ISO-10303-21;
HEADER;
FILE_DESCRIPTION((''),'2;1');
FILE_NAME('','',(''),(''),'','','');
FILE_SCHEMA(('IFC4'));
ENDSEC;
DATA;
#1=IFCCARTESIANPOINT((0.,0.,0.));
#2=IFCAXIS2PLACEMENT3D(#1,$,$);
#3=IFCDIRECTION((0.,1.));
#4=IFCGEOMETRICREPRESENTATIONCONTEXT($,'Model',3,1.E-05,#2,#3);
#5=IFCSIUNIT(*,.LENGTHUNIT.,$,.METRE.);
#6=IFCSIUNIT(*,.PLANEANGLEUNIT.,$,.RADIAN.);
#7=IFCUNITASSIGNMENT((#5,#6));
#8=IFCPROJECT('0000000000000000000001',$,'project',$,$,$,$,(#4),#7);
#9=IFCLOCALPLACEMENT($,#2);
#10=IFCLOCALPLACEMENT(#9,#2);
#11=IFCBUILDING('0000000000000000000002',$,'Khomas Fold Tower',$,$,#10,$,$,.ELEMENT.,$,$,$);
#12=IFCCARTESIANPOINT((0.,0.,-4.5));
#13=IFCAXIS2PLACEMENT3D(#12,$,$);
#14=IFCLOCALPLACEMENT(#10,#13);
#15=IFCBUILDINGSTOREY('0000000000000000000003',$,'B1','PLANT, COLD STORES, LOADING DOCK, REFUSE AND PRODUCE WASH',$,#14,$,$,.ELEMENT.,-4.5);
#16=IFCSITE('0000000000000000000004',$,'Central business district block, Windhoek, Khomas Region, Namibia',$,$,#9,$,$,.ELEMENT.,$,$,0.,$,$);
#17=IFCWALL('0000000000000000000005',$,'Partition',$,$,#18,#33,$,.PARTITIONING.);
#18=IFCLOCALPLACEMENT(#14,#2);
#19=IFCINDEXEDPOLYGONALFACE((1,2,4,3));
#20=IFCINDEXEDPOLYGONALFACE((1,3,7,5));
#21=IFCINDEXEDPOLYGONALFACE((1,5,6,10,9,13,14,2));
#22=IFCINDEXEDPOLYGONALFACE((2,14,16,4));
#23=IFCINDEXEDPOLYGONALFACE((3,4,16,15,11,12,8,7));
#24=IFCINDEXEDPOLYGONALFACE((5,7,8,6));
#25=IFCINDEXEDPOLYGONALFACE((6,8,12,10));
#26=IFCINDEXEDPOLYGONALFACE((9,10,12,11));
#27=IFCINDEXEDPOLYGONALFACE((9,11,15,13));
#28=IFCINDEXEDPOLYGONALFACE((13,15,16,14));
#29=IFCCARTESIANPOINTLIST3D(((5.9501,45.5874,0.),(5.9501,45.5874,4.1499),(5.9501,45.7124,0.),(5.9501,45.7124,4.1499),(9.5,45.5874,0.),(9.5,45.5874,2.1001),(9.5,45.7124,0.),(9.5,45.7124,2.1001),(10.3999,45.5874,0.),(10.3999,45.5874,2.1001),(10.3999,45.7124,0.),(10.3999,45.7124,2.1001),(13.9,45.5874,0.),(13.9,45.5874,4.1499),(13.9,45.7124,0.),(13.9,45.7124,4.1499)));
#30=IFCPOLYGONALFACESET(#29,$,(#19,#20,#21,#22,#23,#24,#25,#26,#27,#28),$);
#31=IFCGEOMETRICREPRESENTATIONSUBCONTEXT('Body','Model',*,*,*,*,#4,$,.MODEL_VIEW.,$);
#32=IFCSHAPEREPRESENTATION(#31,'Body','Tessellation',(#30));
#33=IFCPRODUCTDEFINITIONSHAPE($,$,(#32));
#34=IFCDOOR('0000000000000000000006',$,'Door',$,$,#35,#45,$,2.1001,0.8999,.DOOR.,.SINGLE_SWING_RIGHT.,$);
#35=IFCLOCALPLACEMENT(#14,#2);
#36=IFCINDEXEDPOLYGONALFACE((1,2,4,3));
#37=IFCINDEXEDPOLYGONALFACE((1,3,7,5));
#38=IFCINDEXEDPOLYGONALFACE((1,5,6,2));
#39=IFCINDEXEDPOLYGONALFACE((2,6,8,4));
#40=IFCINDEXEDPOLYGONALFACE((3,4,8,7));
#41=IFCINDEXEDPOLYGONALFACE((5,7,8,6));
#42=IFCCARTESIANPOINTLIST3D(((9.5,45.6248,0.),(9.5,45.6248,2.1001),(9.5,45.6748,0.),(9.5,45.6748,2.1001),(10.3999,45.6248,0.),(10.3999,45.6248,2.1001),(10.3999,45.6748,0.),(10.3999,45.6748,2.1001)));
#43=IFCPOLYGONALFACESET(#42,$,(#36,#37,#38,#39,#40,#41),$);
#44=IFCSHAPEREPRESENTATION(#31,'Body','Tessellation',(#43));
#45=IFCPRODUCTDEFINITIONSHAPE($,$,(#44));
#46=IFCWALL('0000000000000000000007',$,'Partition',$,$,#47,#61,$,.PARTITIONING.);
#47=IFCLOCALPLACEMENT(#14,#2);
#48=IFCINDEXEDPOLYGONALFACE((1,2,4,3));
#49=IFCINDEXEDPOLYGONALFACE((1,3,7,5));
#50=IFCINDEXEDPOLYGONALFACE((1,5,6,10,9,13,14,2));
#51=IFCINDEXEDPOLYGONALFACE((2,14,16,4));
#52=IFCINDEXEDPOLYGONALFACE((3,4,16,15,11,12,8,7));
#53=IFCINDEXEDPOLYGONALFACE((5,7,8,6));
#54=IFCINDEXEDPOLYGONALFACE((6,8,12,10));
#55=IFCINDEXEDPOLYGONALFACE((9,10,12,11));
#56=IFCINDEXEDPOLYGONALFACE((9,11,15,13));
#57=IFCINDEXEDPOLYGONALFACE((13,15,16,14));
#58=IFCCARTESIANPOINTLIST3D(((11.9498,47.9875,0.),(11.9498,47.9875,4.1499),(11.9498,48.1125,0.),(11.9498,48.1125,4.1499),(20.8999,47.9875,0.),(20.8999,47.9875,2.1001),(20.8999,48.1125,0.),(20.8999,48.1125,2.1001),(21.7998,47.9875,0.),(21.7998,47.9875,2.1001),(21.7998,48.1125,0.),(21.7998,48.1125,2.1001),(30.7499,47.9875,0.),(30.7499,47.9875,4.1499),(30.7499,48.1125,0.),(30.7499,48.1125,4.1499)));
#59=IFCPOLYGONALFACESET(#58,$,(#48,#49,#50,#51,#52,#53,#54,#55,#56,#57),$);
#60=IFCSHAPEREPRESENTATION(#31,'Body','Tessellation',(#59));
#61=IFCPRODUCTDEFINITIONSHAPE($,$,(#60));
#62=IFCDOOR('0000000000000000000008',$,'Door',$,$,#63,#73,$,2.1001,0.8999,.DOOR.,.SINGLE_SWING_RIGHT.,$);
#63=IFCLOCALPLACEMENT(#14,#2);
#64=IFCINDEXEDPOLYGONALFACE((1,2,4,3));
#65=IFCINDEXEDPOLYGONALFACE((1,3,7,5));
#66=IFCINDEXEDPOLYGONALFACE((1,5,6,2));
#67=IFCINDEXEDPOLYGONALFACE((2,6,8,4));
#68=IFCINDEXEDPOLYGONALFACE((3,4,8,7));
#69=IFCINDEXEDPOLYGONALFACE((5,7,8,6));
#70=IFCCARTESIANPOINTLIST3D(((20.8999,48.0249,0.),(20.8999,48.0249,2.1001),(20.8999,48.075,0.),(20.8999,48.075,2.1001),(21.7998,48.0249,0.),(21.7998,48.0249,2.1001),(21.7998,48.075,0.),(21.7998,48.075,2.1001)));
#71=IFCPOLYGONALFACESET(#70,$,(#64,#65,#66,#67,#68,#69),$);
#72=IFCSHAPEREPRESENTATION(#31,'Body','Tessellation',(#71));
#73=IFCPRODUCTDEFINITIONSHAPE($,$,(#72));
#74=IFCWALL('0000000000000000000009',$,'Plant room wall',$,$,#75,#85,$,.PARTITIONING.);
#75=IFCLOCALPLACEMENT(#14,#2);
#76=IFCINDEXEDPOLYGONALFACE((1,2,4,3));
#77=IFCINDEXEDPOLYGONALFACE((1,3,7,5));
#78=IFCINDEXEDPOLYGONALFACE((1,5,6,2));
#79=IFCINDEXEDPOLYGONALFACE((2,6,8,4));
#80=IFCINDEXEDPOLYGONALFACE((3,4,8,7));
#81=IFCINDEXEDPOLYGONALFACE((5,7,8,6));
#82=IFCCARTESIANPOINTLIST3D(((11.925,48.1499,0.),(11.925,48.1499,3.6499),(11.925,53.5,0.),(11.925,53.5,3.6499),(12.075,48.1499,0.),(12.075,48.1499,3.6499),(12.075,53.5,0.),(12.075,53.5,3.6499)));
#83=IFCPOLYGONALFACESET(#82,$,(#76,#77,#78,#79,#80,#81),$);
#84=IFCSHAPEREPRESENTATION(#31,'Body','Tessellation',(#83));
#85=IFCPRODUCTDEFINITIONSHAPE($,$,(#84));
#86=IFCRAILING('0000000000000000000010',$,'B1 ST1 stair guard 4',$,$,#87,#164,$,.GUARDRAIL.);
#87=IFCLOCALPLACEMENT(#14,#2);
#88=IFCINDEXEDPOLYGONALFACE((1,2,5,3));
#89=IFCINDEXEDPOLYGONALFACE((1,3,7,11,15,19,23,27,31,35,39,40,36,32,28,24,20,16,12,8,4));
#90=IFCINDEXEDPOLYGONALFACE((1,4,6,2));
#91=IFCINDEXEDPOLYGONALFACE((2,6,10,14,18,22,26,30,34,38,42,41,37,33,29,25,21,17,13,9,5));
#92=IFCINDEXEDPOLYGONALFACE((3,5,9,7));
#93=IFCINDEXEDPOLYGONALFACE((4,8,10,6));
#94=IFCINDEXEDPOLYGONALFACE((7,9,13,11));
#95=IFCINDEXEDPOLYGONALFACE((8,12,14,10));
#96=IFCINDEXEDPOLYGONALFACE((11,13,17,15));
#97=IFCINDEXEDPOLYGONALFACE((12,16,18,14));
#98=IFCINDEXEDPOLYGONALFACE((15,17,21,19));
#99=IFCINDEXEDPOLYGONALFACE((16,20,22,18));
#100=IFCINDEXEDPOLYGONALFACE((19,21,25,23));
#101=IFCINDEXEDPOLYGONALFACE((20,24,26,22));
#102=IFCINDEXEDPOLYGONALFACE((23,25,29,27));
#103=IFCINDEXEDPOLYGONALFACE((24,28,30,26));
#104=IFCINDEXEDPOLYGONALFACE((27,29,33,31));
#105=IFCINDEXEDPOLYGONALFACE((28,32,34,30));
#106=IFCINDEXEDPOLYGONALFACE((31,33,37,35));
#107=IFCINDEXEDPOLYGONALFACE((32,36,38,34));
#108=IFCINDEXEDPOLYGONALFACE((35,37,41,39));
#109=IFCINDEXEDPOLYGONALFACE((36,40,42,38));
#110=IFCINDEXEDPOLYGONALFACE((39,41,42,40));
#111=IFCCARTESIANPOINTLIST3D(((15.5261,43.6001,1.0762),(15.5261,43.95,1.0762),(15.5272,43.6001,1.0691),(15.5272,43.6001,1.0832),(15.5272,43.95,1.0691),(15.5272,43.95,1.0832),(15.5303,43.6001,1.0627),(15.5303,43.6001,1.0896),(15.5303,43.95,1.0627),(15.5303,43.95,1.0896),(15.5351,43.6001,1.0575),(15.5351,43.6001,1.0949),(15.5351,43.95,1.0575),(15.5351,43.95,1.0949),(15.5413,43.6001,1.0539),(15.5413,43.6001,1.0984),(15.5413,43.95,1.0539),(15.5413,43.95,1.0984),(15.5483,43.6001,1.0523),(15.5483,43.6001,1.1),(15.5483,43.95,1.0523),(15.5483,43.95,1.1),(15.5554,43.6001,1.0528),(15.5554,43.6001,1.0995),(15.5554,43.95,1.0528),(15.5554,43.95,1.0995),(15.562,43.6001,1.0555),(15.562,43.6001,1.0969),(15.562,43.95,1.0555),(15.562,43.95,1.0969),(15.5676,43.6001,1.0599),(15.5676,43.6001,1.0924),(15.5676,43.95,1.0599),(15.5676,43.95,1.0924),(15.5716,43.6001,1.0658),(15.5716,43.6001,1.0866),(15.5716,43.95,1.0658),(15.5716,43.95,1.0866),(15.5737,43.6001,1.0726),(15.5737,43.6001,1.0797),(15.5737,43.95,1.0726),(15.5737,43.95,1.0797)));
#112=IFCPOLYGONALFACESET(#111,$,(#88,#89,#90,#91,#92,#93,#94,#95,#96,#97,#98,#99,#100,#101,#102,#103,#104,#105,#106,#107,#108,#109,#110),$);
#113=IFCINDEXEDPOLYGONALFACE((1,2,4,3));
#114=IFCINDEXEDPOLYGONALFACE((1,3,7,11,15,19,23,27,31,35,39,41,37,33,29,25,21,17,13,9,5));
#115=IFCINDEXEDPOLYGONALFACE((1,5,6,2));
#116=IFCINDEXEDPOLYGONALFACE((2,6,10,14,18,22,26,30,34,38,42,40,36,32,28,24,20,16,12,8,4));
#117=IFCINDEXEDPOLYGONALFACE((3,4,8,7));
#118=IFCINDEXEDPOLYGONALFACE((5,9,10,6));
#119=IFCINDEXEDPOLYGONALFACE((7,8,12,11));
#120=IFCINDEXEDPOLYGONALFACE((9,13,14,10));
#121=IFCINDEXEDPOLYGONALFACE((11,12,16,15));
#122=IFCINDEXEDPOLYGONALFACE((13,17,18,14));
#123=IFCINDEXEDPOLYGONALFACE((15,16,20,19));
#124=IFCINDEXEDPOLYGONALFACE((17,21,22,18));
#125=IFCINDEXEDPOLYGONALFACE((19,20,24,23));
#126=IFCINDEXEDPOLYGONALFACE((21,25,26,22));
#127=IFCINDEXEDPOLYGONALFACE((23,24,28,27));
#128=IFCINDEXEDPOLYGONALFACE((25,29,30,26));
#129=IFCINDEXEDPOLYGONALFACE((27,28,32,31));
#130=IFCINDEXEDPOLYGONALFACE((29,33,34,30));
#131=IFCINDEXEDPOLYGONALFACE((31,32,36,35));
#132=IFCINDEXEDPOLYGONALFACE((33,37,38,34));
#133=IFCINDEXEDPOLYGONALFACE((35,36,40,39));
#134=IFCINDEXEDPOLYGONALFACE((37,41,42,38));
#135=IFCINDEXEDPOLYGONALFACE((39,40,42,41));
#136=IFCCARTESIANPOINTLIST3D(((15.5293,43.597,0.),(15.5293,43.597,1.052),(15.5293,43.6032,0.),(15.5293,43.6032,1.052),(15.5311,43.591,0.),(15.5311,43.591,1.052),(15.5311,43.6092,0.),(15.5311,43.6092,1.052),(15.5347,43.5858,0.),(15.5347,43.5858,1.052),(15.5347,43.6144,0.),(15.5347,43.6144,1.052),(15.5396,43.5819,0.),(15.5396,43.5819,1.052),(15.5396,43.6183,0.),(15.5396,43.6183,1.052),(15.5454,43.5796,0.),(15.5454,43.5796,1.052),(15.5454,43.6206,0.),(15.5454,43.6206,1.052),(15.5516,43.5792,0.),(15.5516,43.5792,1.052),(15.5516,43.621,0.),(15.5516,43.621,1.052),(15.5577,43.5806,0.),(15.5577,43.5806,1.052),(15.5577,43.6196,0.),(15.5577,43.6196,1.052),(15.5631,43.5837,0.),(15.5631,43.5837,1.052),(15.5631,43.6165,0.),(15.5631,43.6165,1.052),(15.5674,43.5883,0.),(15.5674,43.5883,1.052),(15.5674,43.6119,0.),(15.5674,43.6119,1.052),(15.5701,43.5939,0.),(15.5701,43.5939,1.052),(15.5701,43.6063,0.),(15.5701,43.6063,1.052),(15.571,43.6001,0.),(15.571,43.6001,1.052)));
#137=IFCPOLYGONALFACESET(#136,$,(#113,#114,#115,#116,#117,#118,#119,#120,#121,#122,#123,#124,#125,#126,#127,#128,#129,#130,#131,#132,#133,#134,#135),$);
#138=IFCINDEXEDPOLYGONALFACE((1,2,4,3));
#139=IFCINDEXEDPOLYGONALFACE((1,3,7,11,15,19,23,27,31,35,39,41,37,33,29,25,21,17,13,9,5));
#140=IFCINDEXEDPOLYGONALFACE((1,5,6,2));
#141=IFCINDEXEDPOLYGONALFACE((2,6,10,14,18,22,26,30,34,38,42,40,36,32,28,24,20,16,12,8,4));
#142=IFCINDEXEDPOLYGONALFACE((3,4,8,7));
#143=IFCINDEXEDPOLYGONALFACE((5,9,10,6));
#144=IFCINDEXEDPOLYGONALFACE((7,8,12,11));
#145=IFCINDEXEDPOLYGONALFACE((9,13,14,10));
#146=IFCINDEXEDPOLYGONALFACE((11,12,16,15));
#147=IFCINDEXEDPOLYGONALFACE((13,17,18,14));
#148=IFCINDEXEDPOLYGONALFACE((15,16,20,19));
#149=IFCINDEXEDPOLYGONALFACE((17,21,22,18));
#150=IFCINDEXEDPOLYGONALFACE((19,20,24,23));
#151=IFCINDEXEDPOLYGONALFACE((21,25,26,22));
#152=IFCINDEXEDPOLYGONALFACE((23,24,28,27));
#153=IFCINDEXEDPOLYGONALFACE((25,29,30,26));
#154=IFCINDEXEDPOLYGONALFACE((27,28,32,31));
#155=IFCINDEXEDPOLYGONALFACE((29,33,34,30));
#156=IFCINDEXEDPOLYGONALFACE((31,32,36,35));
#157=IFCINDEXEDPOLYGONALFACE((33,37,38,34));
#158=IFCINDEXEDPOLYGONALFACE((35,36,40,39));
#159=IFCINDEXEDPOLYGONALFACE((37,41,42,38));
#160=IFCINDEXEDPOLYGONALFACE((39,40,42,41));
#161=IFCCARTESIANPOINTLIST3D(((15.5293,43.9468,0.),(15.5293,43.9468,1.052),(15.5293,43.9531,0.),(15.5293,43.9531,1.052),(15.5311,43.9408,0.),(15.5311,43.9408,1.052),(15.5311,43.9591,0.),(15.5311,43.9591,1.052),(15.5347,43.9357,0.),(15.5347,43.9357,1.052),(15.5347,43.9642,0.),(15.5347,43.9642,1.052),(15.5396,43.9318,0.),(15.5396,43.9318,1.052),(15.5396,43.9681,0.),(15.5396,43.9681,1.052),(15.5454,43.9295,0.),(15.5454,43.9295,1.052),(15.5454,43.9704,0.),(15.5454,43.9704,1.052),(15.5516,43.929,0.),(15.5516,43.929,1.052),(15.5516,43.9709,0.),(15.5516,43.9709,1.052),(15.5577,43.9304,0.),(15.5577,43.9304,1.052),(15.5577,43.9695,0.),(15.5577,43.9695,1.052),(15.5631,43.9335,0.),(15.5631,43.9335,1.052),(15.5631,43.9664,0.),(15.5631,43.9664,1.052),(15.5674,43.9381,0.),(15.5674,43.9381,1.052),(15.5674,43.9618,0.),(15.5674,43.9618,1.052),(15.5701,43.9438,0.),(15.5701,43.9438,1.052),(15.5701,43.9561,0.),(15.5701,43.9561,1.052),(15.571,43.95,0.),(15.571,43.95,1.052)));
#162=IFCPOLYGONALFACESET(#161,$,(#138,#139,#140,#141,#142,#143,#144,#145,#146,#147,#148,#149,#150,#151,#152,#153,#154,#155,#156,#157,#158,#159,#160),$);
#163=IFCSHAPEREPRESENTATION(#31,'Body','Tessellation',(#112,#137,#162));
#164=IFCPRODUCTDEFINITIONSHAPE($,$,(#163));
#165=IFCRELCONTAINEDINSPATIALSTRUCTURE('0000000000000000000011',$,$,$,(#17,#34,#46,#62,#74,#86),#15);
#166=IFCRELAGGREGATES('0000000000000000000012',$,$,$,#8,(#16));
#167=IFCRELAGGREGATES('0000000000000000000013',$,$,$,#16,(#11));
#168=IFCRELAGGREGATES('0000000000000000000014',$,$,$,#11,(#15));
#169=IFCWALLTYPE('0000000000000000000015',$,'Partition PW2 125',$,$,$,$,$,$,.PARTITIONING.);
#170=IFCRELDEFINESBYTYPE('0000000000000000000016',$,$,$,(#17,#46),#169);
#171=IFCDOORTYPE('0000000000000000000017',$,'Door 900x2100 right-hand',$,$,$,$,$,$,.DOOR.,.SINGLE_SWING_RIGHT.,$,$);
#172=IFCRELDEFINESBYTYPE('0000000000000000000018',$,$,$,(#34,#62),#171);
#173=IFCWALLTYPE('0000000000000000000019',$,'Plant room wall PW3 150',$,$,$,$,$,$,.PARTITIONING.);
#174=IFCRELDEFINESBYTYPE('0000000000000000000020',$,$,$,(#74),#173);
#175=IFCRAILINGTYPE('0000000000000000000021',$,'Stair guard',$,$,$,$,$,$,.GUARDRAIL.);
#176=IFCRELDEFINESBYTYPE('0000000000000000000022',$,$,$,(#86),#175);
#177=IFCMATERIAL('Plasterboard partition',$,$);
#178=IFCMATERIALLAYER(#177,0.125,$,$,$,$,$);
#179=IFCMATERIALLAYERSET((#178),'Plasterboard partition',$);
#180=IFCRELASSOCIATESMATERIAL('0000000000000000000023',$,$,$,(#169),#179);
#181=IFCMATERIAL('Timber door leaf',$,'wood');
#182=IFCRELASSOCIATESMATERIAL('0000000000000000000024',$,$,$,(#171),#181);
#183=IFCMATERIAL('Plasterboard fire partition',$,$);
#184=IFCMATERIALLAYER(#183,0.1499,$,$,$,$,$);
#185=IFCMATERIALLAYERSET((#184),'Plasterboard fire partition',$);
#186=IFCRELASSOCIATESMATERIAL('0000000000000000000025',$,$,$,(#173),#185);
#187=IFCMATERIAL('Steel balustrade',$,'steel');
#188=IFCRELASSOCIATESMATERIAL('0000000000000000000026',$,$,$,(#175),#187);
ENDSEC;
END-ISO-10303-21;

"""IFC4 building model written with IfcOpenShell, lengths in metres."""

from ifc_helpers import new_model, si_unit, direction, frame, frame_2d, origin, origin_2d, place, context, subcontext, project, spatial, rectangle, circle, extrude, source, transform, mapped, material, layer, layer_set, type_object, element, fill, save


model = new_model("IFC4")

# Units and contexts
model_context = context("Model", 3, precision=1e-05, world=origin(), true_north=direction((0.0, 1.0)))
body_context = subcontext(model_context, "Body", "Model", "MODEL_VIEW")
ifc_project = project(units=[si_unit("LENGTHUNIT", "METRE"), si_unit("PLANEANGLEUNIT", "RADIAN")], contexts=[model_context])

# Site, building, storey
site_placement = place(None, origin())
site = spatial("IfcSite", under=ifc_project, at=site_placement, Name="Central business district block, Windhoek, Khomas Region, Namibia", CompositionType="ELEMENT", RefElevation=0.0)
building_placement = place(site_placement, origin())
building = spatial("IfcBuilding", under=site, at=building_placement, Name="Khomas Fold Tower", CompositionType="ELEMENT")
storey_placement = place(building_placement, frame((0.0, 0.0, -4.5)))
storey = spatial("IfcBuildingStorey", under=building, at=storey_placement, Name="B1", Description="PLANT, COLD STORES, LOADING DOCK, REFUSE AND PRODUCE WASH", CompositionType="ELEMENT", Elevation=-4.5)

# Shared definitions
ifc_material_1 = material(Name="Plasterboard partition")
ifc_layer_1 = layer(ifc_material_1, 0.125)
ifc_layer_set_1 = layer_set([ifc_layer_1], Name="Plasterboard partition")
wall_type_1 = type_object("IfcWallType", Name="Partition PW2 125", PredefinedType="PARTITIONING", material=ifc_layer_set_1)

# Walls, openings, doors
shared_shape_1 = source(origin(), body_context, "Body", "SweptSolid", [
    extrude(rectangle(XDim=7.95, YDim=0.125, at=frame_2d((3.9751, 0.0))), origin(), (0.0, 0.0, 1.0), 4.1499),
])
wall_1_placement = place(storey_placement, frame((5.95, 45.6499, 0.0), z_axis=(0.0, 0.0, 1.0), x_axis=(1.0, 0.0, 0.0)))
wall_1 = element("IfcWall", 1, at=wall_1_placement, inside=storey, type_object=wall_type_1, Name="Partition", PredefinedType="PARTITIONING", context=body_context, shape_type="MappedRepresentation", body=[
    mapped(shared_shape_1, transform((0.0, 0.0, 0.0))),
])
shared_shape_2 = source(origin(), body_context, "Body", "SweptSolid", [
    extrude(rectangle(XDim=0.8999, YDim=2.1001, at=frame_2d((0.45, 1.05))), frame((0.0, 0.0725, 0.0), z_axis=(0.0, -1.0, 0.0), x_axis=(1.0, 0.0, 0.0)), (0.0, 0.0, 1.0), 0.145),
])
opening_1_placement = place(wall_1_placement, frame((3.55, 0.0, 0.0)))
opening_1 = element("IfcOpeningElement", 2, at=opening_1_placement, cuts=wall_1, PredefinedType="OPENING", context=body_context, shape_type="MappedRepresentation", body=[
    mapped(shared_shape_2, transform((0.0, 0.0, 0.0))),
])
ifc_material_2 = material(Name="Timber door leaf", Category="wood")
door_type_1 = type_object("IfcDoorType", Name="Door 900x2100 right-hand", OperationType="SINGLE_SWING_RIGHT", PredefinedType="DOOR", material=ifc_material_2)
shared_shape_3 = source(origin(), body_context, "Body", "SweptSolid", [
    extrude(rectangle(XDim=0.8999, YDim=2.1001, at=frame_2d((0.45, 1.05))), frame((0.0, 0.0249, 0.0), z_axis=(0.0, -1.0, 0.0), x_axis=(1.0, 0.0, 0.0)), (0.0, 0.0, 1.0), 0.05),
])
door_1_placement = place(opening_1_placement, origin())
door_1 = element("IfcDoor", 3, at=door_1_placement, inside=storey, type_object=door_type_1, Name="Door", OperationType="SINGLE_SWING_RIGHT", OverallHeight=2.1001, OverallWidth=0.8999, PredefinedType="DOOR", context=body_context, shape_type="MappedRepresentation", body=[
    mapped(shared_shape_3, transform((0.0, 0.0, 0.0))),
])
fill(opening_1, door_1)
shared_shape_4 = source(origin(), body_context, "Body", "SweptSolid", [
    extrude(rectangle(XDim=18.8, YDim=0.125, at=frame_2d((9.3999, 0.0))), origin(), (0.0, 0.0, 1.0), 4.1499),
])
wall_2_placement = place(storey_placement, frame((11.95, 48.05, 0.0), z_axis=(0.0, 0.0, 1.0), x_axis=(1.0, 0.0, 0.0)))
wall_2 = element("IfcWall", 4, at=wall_2_placement, inside=storey, type_object=wall_type_1, Name="Partition", PredefinedType="PARTITIONING", context=body_context, shape_type="MappedRepresentation", body=[
    mapped(shared_shape_4, transform((0.0, 0.0, 0.0))),
])
opening_2_placement = place(wall_2_placement, frame((8.95, 0.0, 0.0)))
opening_2 = element("IfcOpeningElement", 5, at=opening_2_placement, cuts=wall_2, PredefinedType="OPENING", context=body_context, shape_type="MappedRepresentation", body=[
    mapped(shared_shape_2, transform((0.0, 0.0, 0.0))),
])
door_2_placement = place(opening_2_placement, origin())
door_2 = element("IfcDoor", 6, at=door_2_placement, inside=storey, type_object=door_type_1, Name="Door", OperationType="SINGLE_SWING_RIGHT", OverallHeight=2.1001, OverallWidth=0.8999, PredefinedType="DOOR", context=body_context, shape_type="MappedRepresentation", body=[
    mapped(shared_shape_3, transform((0.0, 0.0, 0.0))),
])
fill(opening_2, door_2)

# Wall
ifc_material_3 = material(Name="Plasterboard fire partition")
ifc_layer_2 = layer(ifc_material_3, 0.1499)
ifc_layer_set_2 = layer_set([ifc_layer_2], Name="Plasterboard fire partition")
wall_type_2 = type_object("IfcWallType", Name="Plant room wall PW3 150", PredefinedType="PARTITIONING", material=ifc_layer_set_2)
shared_shape_5 = source(origin(), body_context, "Body", "SweptSolid", [
    extrude(rectangle(XDim=5.3501, YDim=0.1499, at=frame_2d((2.675, 0.0))), origin(), (0.0, 0.0, 1.0), 3.6499),
])
wall_3_placement = place(storey_placement, frame((12.0, 48.1499, 0.0), z_axis=(0.0, 0.0, 1.0), x_axis=(0.0, 1.0, 0.0)))
element("IfcWall", 7, at=wall_3_placement, inside=storey, type_object=wall_type_2, Name="Plant room wall", PredefinedType="PARTITIONING", context=body_context, shape_type="MappedRepresentation", body=[
    mapped(shared_shape_5, transform((0.0, 0.0, 0.0))),
])

# Railing
ifc_material_4 = material(Name="Steel balustrade", Category="steel")
railing_type = type_object("IfcRailingType", Name="Stair guard", PredefinedType="GUARDRAIL", material=ifc_material_4)
shared_shape_6 = source(origin(), body_context, "Body", "SweptSolid", [
    extrude(circle(Radius=0.0239, at=origin_2d()), frame((0.0, 0.0, 1.0762), z_axis=(0.0, 1.0, 0.0), x_axis=(-1.0, 0.0, 0.0)), (0.0, 0.0, 1.0), 0.3499),
    extrude(circle(Radius=0.021, at=origin_2d()), origin(), (0.0, 0.0, 1.0), 1.052),
    extrude(circle(Radius=0.021, at=origin_2d()), frame((0.0, 0.3499, 0.0)), (0.0, 0.0, 1.0), 1.052),
])
railing_placement = place(storey_placement, frame((15.55, 43.6001, 0.0)))
element("IfcRailing", 8, at=railing_placement, inside=storey, type_object=railing_type, Name="B1 ST1 stair guard 4", PredefinedType="GUARDRAIL", context=body_context, shape_type="MappedRepresentation", body=[
    mapped(shared_shape_6, transform((0.0, 0.0, 0.0))),
])

save(model, "model.ifc")
